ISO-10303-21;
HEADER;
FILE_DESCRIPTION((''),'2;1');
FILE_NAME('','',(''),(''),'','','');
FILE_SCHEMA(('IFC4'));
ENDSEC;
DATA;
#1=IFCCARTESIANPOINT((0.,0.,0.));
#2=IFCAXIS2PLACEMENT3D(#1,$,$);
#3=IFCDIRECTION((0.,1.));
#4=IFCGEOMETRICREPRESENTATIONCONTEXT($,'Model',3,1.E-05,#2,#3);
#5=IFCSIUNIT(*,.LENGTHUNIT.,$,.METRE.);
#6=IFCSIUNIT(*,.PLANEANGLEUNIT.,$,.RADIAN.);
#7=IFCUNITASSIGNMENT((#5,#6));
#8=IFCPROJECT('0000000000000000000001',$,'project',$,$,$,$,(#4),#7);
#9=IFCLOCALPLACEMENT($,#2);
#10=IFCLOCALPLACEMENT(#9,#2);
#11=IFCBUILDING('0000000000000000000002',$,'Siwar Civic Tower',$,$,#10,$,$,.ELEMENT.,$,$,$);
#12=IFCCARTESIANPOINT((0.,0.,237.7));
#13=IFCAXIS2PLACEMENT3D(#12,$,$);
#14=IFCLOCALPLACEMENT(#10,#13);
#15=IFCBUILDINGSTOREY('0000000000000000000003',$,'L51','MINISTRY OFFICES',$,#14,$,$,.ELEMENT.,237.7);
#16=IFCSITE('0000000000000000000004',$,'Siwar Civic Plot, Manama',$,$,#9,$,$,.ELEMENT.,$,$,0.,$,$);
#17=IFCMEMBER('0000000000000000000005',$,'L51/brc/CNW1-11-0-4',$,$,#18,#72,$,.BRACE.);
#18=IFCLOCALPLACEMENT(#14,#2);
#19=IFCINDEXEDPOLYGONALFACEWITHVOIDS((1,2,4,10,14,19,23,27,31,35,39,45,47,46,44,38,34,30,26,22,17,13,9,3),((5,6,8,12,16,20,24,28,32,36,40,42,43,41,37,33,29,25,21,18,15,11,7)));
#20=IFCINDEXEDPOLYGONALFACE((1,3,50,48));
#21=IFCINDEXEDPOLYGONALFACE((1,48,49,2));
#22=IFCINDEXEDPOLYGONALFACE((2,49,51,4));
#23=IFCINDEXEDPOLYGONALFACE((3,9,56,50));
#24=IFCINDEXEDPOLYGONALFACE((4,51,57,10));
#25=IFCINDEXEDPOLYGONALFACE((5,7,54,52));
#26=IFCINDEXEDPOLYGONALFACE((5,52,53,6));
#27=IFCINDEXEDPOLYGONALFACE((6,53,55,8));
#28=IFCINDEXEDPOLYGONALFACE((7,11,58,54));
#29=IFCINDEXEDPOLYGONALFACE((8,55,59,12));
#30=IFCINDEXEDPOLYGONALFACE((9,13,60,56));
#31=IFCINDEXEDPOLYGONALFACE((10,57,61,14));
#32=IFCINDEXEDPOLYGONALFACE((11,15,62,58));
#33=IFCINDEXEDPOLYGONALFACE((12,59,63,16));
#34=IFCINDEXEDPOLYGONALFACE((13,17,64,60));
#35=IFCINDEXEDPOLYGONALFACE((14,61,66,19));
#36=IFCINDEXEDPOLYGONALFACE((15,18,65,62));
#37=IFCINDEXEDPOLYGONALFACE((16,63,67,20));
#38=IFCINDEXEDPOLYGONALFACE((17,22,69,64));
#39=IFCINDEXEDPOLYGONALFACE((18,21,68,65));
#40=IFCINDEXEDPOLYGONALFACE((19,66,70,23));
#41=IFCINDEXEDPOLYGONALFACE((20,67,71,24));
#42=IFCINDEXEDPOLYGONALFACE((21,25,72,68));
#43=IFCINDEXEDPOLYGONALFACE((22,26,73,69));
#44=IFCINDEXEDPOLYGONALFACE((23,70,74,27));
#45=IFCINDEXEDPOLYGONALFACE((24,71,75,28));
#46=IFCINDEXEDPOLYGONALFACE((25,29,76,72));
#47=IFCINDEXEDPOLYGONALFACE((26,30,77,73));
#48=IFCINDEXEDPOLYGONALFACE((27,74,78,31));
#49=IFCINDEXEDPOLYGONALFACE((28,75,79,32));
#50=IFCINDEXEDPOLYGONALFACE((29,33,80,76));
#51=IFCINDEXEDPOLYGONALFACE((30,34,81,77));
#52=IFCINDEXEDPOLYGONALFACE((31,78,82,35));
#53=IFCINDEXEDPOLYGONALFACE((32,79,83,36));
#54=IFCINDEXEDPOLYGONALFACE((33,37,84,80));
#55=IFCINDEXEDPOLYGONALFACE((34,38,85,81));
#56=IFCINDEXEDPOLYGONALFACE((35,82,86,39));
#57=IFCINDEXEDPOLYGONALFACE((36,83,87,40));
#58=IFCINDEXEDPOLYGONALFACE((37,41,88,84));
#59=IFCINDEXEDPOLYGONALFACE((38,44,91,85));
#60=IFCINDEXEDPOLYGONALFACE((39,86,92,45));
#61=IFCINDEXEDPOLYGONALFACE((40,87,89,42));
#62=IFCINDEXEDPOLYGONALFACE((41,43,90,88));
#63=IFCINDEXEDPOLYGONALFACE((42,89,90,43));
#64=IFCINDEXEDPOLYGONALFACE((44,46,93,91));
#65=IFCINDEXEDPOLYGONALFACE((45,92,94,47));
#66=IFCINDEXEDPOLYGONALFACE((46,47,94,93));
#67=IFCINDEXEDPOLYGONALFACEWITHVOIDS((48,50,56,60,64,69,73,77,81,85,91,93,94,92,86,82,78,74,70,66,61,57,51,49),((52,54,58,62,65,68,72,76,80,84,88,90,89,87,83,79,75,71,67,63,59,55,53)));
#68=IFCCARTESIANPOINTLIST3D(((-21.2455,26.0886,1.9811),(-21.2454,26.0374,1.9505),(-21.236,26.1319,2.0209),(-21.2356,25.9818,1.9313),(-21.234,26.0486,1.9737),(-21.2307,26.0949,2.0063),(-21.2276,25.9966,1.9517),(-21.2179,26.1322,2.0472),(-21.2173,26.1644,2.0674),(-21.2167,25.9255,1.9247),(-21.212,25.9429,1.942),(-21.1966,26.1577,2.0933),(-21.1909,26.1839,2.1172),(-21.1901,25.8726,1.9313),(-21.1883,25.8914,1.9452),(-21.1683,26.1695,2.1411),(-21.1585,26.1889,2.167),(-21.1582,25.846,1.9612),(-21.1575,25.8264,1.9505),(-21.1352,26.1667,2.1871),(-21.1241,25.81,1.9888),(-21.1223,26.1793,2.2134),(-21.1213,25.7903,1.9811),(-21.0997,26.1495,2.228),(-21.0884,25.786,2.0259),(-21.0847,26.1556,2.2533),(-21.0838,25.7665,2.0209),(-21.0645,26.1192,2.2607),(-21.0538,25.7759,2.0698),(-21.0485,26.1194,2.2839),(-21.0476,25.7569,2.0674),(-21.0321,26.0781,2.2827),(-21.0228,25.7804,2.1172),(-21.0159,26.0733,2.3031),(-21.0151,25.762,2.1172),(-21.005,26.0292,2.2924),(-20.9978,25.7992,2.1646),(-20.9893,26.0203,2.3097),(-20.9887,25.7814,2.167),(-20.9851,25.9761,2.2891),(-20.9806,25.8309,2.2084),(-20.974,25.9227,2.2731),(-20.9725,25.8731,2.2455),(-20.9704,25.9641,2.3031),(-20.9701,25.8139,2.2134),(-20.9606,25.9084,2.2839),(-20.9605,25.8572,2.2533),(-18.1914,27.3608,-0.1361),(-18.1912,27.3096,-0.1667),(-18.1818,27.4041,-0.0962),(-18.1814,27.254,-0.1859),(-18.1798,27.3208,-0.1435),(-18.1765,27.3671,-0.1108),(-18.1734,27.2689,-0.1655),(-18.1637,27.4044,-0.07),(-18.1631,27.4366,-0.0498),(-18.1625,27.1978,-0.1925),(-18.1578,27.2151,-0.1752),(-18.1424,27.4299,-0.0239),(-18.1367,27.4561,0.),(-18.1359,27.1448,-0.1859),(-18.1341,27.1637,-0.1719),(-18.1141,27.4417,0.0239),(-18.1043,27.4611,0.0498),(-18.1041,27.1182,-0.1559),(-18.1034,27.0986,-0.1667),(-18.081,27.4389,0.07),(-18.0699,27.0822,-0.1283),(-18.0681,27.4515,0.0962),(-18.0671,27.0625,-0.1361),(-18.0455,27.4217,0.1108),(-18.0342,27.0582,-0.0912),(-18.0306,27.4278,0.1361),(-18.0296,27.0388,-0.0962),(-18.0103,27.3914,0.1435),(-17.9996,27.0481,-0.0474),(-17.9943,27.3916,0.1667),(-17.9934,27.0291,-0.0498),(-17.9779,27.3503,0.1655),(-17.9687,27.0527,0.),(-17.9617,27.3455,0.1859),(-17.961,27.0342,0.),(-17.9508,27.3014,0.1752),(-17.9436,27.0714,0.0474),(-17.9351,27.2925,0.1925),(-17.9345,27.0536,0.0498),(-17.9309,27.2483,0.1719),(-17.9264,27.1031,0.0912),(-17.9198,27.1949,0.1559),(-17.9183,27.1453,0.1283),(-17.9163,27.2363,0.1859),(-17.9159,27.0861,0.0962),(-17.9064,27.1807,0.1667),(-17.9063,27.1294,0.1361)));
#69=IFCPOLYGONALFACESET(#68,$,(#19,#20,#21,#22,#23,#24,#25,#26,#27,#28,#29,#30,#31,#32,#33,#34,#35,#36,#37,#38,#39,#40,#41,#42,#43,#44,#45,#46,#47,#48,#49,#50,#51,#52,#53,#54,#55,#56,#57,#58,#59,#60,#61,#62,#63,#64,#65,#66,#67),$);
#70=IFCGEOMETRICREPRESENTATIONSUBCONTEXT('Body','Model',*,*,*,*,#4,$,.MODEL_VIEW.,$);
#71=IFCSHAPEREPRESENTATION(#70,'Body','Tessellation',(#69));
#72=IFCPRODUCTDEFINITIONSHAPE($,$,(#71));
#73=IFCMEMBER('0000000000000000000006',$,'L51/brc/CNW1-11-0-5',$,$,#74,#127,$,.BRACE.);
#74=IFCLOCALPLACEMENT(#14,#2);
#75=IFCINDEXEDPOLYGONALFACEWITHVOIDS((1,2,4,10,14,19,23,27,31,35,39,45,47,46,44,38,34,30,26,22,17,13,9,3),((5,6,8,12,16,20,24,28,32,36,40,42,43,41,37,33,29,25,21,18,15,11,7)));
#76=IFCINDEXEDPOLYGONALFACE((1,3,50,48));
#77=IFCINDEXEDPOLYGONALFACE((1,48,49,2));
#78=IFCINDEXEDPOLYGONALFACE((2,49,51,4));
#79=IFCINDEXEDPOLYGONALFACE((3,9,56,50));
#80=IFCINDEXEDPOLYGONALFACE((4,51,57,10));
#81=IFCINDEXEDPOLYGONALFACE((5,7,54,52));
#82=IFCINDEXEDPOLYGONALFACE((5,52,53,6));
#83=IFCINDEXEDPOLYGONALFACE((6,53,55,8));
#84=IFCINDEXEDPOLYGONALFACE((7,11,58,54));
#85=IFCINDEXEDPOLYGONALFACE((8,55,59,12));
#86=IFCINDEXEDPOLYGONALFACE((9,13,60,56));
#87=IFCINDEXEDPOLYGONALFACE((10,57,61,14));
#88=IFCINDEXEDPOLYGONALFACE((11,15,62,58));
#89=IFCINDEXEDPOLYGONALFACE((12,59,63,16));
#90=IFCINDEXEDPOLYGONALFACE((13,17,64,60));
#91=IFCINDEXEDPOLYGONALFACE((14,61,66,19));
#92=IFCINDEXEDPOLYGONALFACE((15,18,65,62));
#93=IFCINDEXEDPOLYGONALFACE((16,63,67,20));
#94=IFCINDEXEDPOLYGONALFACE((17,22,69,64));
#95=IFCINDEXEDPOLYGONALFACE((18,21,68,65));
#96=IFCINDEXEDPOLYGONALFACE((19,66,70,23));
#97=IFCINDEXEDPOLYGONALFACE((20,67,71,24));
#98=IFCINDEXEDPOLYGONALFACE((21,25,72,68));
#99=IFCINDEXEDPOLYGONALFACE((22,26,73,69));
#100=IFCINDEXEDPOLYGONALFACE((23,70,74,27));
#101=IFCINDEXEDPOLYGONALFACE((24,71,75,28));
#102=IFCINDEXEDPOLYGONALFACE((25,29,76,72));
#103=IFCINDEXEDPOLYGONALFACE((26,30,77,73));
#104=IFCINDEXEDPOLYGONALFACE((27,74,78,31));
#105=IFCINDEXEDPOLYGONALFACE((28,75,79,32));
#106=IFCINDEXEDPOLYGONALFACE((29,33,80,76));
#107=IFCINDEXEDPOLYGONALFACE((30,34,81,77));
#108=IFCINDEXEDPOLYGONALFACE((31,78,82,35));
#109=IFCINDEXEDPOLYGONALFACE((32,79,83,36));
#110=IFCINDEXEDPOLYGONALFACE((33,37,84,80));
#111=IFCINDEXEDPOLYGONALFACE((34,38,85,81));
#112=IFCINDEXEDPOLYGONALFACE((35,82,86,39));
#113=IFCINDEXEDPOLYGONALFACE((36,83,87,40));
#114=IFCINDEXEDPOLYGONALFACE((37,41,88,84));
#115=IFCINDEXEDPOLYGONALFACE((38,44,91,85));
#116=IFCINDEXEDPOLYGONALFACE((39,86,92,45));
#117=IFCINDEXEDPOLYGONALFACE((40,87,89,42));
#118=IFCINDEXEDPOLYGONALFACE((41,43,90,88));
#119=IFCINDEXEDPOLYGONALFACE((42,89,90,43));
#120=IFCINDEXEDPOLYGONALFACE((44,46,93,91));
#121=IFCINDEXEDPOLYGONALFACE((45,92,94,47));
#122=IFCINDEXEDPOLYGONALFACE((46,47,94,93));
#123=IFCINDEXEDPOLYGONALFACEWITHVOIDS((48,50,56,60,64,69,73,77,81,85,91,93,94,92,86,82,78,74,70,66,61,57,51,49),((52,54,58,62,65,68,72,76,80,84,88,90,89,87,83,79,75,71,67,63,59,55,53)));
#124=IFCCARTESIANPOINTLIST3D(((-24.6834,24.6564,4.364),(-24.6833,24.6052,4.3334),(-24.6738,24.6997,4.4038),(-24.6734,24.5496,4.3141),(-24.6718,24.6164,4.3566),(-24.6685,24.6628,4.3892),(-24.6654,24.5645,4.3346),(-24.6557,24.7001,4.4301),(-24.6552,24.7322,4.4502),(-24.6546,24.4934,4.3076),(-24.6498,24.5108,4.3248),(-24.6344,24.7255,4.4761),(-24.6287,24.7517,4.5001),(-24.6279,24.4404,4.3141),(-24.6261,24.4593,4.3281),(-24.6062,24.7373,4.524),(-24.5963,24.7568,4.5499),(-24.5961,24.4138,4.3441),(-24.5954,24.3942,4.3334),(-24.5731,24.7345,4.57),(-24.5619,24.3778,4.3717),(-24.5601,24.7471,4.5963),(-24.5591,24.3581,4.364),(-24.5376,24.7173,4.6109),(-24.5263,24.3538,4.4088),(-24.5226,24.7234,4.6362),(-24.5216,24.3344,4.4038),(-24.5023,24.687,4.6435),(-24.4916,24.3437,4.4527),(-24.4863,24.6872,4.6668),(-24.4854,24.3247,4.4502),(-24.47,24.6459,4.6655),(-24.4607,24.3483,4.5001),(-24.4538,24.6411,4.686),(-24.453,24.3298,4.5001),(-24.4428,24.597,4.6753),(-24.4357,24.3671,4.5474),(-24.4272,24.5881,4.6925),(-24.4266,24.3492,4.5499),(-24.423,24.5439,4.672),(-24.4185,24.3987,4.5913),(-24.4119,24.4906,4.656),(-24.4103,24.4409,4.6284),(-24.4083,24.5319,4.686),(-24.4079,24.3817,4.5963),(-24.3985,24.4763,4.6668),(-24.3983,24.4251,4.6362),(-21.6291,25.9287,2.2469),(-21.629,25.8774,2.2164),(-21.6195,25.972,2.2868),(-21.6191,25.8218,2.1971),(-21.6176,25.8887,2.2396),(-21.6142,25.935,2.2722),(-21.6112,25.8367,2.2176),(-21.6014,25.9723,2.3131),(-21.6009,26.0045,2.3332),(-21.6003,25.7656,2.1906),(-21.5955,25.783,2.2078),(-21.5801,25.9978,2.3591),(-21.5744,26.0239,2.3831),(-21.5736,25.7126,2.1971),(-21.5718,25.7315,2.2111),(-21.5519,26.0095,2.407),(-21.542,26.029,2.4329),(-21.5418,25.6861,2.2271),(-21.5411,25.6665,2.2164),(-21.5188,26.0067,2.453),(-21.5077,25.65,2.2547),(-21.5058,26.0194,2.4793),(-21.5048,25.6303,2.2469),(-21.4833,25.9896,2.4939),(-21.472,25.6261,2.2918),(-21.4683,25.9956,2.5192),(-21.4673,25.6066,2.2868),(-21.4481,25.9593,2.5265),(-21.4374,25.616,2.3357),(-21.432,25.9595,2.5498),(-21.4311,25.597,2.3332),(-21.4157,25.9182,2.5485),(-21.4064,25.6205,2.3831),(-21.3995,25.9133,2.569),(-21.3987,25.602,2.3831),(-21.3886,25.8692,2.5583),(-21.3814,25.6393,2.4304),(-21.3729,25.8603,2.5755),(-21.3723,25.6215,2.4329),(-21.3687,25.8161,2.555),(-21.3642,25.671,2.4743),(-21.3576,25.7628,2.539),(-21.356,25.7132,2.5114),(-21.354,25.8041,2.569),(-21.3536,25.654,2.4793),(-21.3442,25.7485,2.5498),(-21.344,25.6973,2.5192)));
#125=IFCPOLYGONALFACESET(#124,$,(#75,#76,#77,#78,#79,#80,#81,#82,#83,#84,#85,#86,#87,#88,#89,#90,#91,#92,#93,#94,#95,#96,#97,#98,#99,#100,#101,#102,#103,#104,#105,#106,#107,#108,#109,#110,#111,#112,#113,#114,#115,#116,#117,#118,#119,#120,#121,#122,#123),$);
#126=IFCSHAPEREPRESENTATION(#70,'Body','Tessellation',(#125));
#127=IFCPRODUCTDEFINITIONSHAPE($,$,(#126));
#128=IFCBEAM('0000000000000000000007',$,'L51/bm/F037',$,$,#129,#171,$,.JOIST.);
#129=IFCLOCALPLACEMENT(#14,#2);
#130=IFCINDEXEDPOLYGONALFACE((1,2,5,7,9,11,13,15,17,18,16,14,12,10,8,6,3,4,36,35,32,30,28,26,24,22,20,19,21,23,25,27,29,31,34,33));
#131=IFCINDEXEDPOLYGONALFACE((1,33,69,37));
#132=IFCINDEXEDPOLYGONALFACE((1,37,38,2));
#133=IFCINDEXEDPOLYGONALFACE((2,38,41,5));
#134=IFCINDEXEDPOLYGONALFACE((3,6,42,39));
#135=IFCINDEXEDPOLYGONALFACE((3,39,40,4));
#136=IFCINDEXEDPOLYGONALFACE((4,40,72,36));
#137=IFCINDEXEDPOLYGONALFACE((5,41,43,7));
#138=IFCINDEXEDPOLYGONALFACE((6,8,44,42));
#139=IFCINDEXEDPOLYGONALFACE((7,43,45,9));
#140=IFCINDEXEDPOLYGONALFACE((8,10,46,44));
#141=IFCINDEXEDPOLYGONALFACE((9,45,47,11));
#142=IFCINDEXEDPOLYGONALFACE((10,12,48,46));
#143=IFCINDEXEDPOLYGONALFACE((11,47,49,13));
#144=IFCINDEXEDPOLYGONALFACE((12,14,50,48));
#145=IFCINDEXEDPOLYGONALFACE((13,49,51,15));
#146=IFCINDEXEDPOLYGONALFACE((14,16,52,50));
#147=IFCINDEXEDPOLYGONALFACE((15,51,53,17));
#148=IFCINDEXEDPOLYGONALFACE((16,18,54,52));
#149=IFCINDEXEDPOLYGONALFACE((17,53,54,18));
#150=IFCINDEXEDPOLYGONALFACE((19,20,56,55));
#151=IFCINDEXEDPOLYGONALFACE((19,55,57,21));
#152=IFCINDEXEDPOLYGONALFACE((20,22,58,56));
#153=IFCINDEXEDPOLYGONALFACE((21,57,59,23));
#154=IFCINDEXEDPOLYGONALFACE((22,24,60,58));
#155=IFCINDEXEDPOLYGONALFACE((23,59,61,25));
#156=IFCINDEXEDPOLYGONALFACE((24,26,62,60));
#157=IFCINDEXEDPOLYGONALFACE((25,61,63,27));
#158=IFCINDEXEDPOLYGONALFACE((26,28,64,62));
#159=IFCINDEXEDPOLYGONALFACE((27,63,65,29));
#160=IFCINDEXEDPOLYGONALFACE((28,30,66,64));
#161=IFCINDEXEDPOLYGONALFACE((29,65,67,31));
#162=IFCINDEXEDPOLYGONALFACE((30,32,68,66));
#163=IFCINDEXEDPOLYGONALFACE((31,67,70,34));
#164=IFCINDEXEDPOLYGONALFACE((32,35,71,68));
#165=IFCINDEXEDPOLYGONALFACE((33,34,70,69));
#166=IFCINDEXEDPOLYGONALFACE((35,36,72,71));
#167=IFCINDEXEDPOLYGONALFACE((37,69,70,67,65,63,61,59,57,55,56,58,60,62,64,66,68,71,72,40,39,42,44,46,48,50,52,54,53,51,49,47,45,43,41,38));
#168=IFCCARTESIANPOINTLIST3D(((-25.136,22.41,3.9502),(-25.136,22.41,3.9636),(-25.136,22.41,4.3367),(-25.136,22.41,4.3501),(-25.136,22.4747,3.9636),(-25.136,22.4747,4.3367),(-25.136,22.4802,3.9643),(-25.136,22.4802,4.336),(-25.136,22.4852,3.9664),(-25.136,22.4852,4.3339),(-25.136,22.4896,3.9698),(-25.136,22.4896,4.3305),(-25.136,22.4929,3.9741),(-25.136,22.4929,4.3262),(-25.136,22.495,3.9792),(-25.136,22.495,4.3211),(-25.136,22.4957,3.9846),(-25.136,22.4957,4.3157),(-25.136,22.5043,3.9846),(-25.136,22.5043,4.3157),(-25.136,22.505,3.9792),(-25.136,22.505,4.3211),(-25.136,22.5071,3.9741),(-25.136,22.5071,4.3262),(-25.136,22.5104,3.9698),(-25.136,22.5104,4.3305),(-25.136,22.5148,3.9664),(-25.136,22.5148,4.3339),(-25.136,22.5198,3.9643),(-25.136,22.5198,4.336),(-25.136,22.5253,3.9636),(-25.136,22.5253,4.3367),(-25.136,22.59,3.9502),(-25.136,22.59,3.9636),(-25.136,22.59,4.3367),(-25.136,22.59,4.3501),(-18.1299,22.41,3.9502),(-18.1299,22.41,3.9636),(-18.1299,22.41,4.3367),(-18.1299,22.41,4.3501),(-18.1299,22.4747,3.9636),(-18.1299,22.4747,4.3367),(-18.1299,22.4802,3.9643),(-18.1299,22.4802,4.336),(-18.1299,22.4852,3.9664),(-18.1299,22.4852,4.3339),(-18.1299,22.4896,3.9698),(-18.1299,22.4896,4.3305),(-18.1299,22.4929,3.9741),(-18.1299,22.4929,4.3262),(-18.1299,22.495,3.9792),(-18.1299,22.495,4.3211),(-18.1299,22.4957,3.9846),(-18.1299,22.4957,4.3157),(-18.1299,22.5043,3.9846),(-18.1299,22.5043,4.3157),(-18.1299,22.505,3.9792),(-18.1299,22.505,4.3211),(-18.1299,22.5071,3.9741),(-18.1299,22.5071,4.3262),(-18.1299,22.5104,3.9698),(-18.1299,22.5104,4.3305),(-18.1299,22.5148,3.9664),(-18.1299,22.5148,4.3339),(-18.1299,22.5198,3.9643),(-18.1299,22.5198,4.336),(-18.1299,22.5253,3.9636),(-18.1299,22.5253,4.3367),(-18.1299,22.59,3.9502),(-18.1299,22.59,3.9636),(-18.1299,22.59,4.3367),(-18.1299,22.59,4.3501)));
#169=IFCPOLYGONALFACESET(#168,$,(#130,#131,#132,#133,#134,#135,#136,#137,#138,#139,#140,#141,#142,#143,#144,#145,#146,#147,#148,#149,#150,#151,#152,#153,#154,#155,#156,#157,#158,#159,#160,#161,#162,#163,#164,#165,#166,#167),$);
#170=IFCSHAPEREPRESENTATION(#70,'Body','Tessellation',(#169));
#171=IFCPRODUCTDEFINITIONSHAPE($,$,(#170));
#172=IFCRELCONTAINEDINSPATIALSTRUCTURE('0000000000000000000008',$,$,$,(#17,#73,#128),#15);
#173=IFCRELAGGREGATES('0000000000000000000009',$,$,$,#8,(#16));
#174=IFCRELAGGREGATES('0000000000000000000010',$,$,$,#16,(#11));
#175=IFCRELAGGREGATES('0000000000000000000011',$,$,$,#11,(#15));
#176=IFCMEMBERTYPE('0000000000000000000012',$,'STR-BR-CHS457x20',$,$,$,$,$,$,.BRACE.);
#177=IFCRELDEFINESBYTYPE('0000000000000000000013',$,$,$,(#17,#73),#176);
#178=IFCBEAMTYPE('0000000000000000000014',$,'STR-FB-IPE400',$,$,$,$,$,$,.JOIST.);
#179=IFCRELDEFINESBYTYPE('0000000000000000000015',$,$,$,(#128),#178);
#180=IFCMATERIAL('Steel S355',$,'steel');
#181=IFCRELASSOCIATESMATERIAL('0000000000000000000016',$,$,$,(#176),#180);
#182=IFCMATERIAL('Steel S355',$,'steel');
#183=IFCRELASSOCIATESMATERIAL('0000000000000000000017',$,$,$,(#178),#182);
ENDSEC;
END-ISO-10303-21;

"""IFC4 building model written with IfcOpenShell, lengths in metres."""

from ifc_helpers import new_model, si_unit, direction, frame, origin, origin_2d, place, context, subcontext, project, spatial, hollow_circle, i_section, extrude, material, material_profile, profile_set, type_object, element, save


model = new_model("IFC4")

# Units and contexts
model_context = context("Model", 3, precision=1e-05, world=origin(), true_north=direction((0.0, 1.0)))
body_context = subcontext(model_context, "Body", "Model", "MODEL_VIEW")
ifc_project = project(units=[si_unit("LENGTHUNIT", "METRE"), si_unit("PLANEANGLEUNIT", "RADIAN")], contexts=[model_context])

# Site, building, storey
site_placement = place(None, origin())
site = spatial("IfcSite", under=ifc_project, at=site_placement, Name="Siwar Civic Plot, Manama", CompositionType="ELEMENT", RefElevation=0.0)
building_placement = place(site_placement, origin())
building = spatial("IfcBuilding", under=site, at=building_placement, Name="Siwar Civic Tower", CompositionType="ELEMENT")
storey_placement = place(building_placement, frame((0.0, 0.0, 237.7)))
storey = spatial("IfcBuildingStorey", under=building, at=storey_placement, Name="L51", Description="MINISTRY OFFICES", CompositionType="ELEMENT", Elevation=237.7)

# Members
ifc_material_1 = material(Name="Steel S355", Category="steel")
ifc_material_profile_1 = material_profile(ifc_material_1, hollow_circle(Radius=0.2285, WallThickness=0.02, at=origin_2d()), Name="CHS457x20")
ifc_profile_set_1 = profile_set([ifc_material_profile_1], Name="Steel S355")
member_type_1 = type_object("IfcMemberType", Name="STR-BR-CHS457x20", PredefinedType="BRACE", material=ifc_profile_set_1)
for number, where, z_axis, x_axis, name in (
    (1, (-18.0488, 27.2451, 0.0), (-0.777546, -0.323884, 0.538999), (0.384521, -0.923116, 0.0), "L51/brc/CNW1-11-0-4"),
    (2, (-21.4866, 25.813, 2.3831), (-0.777572, -0.323895, 0.538955), (0.384521, -0.923116, 0.0), "L51/brc/CNW1-11-0-5"),
):
    element("IfcMember", number, at=place(storey_placement, frame(where, z_axis=z_axis, x_axis=x_axis)), inside=storey, type_object=member_type_1, Name=name, PredefinedType="BRACE", context=body_context, shape_type="SweptSolid", body=[
        extrude(hollow_circle(Radius=0.2285, WallThickness=0.02, at=origin_2d()), origin(), (0.0, 0.0, 1.0), 3.928),
    ])

# Beam
ifc_material_2 = material(Name="Steel S355", Category="steel")
ifc_material_profile_2 = material_profile(ifc_material_2, i_section(OverallWidth=0.1799, OverallDepth=0.3999, WebThickness=0.0085, FlangeThickness=0.0134, FilletRadius=0.021, at=origin_2d()), Name="IPE400")
ifc_profile_set_2 = profile_set([ifc_material_profile_2], Name="Steel S355")
beam_type_1 = type_object("IfcBeamType", Name="STR-FB-IPE400", PredefinedType="JOIST", material=ifc_profile_set_2)
beam_1_placement = place(storey_placement, frame((-25.136, 22.5, 4.1501), z_axis=(1.0, 0.0, 0.0), x_axis=(0.0, 1.0, 0.0)))
element("IfcBeam", 3, at=beam_1_placement, inside=storey, type_object=beam_type_1, Name="L51/bm/F037", PredefinedType="JOIST", context=body_context, shape_type="SweptSolid", body=[
    extrude(i_section(OverallWidth=0.1799, OverallDepth=0.3999, WebThickness=0.0085, FlangeThickness=0.0134, FilletRadius=0.021, at=origin_2d()), origin(), (0.0, 0.0, 1.0), 7.0061),
])

save(model, "model.ifc")
